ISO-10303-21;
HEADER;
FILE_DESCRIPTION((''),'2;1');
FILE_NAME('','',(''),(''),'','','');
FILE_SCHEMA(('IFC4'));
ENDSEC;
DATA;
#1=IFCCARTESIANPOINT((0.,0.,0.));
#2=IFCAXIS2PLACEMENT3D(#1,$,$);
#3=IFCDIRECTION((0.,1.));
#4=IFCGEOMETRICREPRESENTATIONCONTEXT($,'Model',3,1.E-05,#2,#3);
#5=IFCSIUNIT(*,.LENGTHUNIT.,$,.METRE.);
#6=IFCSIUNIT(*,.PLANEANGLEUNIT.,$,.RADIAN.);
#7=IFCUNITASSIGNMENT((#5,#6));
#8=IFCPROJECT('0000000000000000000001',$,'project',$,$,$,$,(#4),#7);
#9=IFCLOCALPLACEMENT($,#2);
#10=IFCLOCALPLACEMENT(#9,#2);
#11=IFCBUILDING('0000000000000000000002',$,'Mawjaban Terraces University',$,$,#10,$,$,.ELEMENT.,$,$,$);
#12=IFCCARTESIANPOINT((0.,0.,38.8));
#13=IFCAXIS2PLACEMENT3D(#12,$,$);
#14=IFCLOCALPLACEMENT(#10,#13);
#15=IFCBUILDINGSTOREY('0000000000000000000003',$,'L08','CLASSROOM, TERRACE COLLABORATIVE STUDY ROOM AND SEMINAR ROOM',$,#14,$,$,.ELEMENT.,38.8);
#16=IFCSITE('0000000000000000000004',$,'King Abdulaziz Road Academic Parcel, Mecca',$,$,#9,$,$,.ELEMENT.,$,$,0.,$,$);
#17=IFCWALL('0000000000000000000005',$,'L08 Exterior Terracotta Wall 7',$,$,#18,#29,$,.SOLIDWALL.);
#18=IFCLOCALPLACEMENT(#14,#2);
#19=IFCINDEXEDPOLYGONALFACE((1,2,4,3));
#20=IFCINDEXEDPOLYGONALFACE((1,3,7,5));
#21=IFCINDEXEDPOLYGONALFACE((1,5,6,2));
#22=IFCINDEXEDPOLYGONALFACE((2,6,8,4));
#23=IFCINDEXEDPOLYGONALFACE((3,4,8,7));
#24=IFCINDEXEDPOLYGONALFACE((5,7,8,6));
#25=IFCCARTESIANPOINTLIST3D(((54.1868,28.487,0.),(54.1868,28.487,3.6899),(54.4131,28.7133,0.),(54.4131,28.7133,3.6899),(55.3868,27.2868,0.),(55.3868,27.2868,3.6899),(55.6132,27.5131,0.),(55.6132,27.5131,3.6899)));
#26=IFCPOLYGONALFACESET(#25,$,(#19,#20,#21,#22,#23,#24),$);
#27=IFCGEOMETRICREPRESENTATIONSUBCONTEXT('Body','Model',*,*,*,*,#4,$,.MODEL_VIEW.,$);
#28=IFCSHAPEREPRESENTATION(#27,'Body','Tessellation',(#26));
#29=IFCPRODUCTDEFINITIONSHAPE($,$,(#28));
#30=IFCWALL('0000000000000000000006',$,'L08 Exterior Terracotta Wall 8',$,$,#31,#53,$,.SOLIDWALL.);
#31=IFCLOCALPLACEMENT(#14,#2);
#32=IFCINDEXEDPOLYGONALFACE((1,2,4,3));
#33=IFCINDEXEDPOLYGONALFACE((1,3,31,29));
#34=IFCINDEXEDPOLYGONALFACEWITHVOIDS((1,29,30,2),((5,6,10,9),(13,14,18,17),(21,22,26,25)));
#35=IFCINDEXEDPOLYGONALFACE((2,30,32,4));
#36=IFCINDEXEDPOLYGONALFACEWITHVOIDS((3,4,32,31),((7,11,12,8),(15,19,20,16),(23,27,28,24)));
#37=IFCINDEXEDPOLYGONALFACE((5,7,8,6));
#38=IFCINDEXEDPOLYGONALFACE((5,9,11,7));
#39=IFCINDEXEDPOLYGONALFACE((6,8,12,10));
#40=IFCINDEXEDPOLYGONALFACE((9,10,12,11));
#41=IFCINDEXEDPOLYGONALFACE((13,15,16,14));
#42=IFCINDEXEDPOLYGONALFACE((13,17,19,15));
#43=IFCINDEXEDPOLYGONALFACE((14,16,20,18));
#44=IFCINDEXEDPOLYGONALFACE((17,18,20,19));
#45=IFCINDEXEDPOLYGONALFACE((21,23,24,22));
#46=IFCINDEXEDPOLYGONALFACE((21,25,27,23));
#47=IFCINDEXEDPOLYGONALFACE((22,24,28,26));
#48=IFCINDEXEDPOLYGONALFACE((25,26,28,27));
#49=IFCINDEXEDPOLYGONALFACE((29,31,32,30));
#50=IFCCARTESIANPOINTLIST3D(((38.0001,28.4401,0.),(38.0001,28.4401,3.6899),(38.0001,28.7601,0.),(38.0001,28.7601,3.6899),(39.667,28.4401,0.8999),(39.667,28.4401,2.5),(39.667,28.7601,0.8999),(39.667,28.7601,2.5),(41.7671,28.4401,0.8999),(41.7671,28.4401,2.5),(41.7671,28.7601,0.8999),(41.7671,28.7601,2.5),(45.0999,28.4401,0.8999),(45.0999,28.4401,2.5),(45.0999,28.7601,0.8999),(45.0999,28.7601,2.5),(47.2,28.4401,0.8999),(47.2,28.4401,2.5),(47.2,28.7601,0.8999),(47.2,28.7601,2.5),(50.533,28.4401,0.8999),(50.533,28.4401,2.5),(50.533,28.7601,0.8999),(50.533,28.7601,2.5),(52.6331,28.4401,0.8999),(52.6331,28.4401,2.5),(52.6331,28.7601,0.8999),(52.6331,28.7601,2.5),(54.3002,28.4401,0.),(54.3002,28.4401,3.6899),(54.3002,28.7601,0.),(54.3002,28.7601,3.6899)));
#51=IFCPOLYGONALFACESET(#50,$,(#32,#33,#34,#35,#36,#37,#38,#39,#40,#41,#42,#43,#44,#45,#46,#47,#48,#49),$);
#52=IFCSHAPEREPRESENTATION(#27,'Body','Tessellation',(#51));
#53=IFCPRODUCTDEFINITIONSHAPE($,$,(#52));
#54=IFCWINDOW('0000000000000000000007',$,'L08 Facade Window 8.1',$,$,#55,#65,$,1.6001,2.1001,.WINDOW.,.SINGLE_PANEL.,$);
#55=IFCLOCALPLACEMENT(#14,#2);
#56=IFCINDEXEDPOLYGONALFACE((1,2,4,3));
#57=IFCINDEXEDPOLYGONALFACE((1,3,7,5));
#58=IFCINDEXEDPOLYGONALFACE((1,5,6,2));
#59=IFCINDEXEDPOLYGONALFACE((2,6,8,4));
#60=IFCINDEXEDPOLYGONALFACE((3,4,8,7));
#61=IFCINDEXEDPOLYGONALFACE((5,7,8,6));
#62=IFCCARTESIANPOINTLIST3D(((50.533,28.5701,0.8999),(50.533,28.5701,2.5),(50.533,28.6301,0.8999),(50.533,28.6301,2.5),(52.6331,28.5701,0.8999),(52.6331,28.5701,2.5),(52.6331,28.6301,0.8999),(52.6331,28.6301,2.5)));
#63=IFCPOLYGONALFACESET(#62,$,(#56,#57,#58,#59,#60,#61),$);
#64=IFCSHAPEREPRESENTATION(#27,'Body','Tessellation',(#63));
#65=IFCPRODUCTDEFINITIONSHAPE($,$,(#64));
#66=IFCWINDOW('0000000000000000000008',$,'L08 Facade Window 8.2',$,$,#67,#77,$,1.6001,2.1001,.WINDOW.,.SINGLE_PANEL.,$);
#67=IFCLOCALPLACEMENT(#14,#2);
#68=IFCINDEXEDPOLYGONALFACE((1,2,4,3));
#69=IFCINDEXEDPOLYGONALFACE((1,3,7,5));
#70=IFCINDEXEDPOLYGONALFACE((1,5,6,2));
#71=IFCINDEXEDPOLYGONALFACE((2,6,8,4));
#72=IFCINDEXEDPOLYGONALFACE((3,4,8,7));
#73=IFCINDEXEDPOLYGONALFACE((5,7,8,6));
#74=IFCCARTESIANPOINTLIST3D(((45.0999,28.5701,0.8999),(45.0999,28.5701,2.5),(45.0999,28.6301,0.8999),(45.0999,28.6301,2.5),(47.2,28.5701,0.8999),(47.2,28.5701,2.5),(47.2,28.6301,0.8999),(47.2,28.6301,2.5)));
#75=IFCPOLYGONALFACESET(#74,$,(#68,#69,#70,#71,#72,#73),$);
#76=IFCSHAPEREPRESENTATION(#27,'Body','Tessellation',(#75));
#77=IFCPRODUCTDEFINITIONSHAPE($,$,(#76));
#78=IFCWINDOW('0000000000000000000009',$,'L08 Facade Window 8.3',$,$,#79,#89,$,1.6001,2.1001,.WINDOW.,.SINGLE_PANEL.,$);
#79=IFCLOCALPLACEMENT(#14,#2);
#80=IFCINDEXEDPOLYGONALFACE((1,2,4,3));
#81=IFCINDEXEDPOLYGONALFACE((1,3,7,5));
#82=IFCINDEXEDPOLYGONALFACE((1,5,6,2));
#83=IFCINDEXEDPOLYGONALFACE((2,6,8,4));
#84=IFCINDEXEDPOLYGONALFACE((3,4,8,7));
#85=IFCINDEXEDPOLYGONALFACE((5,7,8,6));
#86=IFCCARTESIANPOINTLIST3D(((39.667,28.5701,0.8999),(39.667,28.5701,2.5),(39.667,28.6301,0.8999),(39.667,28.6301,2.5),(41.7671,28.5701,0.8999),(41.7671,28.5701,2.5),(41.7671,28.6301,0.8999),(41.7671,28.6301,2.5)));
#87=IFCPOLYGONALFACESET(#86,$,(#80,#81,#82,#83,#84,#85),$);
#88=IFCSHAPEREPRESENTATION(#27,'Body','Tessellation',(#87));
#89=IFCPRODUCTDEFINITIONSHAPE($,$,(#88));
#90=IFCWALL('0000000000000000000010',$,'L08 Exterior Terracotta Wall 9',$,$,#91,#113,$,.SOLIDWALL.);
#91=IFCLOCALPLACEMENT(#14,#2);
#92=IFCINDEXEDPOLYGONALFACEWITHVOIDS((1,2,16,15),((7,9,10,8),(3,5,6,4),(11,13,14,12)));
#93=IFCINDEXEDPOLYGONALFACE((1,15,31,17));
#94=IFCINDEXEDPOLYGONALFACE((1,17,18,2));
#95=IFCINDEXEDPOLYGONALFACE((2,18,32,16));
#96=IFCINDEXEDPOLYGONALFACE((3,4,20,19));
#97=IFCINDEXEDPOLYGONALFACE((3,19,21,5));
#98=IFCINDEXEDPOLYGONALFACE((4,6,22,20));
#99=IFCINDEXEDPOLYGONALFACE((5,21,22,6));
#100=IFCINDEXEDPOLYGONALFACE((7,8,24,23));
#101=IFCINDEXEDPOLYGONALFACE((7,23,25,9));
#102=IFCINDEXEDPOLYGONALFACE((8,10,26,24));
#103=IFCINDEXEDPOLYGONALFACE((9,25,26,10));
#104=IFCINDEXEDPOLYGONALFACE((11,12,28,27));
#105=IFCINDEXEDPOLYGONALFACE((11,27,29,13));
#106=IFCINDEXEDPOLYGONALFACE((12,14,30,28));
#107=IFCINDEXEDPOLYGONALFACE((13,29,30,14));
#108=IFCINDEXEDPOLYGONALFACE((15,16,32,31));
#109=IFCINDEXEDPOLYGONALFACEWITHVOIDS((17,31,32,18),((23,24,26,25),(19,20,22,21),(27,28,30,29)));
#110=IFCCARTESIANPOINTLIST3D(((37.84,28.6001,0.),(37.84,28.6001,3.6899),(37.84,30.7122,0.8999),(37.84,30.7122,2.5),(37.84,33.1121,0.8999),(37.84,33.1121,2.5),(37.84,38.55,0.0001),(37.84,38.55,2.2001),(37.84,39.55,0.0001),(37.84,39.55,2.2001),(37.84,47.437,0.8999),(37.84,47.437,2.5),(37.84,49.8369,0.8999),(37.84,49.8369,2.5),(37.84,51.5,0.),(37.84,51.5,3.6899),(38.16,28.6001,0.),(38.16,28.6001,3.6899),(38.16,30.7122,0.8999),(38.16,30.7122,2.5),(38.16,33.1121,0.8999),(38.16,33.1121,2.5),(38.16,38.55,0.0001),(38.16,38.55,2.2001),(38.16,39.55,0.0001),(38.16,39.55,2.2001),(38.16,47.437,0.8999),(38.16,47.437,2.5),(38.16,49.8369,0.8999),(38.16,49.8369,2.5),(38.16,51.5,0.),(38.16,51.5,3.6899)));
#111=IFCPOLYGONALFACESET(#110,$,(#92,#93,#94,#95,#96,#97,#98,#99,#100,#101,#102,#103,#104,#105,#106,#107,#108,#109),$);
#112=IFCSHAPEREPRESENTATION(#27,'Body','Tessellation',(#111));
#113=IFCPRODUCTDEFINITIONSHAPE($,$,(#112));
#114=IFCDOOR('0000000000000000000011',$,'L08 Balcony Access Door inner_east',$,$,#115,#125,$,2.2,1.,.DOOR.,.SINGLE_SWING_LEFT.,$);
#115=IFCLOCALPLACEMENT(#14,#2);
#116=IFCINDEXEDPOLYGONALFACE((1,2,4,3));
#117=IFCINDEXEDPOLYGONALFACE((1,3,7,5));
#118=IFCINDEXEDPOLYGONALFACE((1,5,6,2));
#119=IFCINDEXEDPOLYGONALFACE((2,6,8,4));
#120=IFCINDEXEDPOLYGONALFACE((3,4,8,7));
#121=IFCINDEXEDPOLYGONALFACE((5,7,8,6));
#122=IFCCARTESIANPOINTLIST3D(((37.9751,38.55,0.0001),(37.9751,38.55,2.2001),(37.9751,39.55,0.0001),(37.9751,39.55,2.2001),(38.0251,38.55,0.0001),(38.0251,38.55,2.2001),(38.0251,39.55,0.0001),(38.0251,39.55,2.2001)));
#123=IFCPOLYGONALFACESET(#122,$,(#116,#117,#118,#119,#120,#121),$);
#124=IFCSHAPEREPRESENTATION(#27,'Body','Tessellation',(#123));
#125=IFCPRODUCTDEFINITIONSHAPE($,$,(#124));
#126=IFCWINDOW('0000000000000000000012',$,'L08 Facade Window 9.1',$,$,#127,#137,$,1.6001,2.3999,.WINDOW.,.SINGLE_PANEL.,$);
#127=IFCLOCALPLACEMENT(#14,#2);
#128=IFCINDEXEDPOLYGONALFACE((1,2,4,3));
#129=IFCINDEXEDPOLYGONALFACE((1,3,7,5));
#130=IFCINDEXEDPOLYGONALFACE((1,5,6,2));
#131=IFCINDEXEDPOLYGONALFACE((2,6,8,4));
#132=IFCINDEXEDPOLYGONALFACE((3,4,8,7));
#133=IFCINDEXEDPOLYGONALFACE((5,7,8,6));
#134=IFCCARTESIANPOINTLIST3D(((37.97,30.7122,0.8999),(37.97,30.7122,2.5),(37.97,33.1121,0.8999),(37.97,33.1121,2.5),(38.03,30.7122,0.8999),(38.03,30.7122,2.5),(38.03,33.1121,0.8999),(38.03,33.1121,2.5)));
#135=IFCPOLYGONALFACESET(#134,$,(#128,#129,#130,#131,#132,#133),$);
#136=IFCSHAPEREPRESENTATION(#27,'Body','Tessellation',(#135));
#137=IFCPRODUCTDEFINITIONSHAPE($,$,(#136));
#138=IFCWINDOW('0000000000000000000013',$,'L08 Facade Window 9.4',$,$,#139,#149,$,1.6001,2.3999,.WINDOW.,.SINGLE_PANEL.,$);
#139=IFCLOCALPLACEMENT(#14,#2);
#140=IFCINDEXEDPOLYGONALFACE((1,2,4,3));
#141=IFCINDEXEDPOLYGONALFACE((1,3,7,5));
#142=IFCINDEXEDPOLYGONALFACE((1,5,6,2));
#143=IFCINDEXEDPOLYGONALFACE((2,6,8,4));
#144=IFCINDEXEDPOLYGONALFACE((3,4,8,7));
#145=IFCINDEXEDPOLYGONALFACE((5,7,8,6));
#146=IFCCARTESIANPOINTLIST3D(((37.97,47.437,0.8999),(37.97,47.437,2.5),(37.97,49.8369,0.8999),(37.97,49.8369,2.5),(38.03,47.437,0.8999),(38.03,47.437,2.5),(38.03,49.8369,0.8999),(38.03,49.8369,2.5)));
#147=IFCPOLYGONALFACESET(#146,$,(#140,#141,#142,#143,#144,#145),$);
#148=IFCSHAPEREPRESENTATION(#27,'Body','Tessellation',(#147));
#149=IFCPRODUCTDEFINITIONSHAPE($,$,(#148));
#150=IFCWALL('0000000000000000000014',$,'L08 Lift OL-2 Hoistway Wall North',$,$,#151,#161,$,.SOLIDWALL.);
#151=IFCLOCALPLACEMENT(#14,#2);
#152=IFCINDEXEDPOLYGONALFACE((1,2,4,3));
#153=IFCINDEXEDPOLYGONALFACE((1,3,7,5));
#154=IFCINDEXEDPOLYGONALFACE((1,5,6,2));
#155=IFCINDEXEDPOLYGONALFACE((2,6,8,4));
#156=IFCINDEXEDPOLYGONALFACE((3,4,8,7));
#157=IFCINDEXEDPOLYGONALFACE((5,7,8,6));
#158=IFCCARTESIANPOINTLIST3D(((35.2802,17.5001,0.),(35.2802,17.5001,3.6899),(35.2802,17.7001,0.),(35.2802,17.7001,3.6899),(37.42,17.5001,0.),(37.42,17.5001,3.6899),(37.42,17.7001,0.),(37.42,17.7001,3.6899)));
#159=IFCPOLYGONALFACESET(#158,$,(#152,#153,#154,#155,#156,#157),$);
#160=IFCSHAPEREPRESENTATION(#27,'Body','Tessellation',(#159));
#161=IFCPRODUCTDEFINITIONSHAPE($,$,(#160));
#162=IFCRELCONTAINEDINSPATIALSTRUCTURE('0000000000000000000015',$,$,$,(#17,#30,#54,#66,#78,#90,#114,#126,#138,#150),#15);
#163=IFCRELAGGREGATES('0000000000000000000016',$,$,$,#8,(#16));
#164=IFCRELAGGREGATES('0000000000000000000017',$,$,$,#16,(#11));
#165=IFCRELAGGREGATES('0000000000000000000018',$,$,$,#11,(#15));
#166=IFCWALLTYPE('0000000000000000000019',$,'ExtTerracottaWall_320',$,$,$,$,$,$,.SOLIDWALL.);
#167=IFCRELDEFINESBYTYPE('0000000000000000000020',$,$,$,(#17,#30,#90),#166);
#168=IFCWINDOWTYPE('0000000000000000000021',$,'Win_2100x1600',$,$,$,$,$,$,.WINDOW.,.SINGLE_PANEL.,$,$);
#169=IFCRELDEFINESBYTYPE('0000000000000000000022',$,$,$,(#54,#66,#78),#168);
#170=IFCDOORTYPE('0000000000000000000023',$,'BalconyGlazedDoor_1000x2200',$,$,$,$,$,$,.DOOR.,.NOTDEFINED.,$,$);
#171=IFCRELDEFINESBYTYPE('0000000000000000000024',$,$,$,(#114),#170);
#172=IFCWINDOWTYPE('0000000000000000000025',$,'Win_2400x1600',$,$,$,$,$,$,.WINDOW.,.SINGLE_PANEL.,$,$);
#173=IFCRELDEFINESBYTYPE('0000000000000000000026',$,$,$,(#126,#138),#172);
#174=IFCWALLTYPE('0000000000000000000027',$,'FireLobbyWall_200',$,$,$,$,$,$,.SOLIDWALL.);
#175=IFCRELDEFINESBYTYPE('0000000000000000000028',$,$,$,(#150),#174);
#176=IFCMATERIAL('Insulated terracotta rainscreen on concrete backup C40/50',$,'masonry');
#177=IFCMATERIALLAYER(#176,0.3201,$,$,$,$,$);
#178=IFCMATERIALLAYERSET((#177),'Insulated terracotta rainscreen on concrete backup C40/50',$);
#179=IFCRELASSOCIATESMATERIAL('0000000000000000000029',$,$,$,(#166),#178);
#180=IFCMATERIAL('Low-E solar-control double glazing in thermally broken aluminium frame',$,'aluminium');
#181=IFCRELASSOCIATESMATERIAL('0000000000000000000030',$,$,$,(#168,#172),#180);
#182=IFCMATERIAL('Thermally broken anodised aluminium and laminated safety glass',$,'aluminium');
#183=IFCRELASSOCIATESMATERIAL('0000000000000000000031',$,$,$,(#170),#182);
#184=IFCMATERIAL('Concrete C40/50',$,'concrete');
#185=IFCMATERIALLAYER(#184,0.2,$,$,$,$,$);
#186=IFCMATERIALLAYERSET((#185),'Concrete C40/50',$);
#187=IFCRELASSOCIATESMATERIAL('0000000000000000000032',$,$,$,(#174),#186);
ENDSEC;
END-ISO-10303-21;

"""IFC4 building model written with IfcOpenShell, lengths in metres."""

from ifc_helpers import new_model, si_unit, direction, frame, frame_2d, origin, place, context, subcontext, project, spatial, rectangle, extrude, material, layer, layer_set, type_object, element, fill, save


model = new_model("IFC4")

# Units and contexts
model_context = context("Model", 3, precision=1e-05, world=origin(), true_north=direction((0.0, 1.0)))
body_context = subcontext(model_context, "Body", "Model", "MODEL_VIEW")
ifc_project = project(units=[si_unit("LENGTHUNIT", "METRE"), si_unit("PLANEANGLEUNIT", "RADIAN")], contexts=[model_context])

# Site, building, storey
site_placement = place(None, origin())
site = spatial("IfcSite", under=ifc_project, at=site_placement, Name="King Abdulaziz Road Academic Parcel, Mecca", CompositionType="ELEMENT", RefElevation=0.0)
building_placement = place(site_placement, origin())
building = spatial("IfcBuilding", under=site, at=building_placement, Name="Mawjaban Terraces University", CompositionType="ELEMENT")
storey_placement = place(building_placement, frame((0.0, 0.0, 38.8)))
storey = spatial("IfcBuildingStorey", under=building, at=storey_placement, Name="L08", Description="CLASSROOM, TERRACE COLLABORATIVE STUDY ROOM AND SEMINAR ROOM", CompositionType="ELEMENT", Elevation=38.8)

# Wall
ifc_material_1 = material(Name="Insulated terracotta rainscreen on concrete backup C40/50", Category="masonry")
ifc_layer_1 = layer(ifc_material_1, 0.3201)
ifc_layer_set_1 = layer_set([ifc_layer_1], Name="Insulated terracotta rainscreen on concrete backup C40/50")
wall_type_1 = type_object("IfcWallType", Name="ExtTerracottaWall_320", PredefinedType="SOLIDWALL", material=ifc_layer_set_1)
wall_1_placement = place(storey_placement, frame((55.5, 27.3999, 0.0), z_axis=(0.0, 0.0, 1.0), x_axis=(-0.707035, 0.707179, 0.0)))
element("IfcWall", 1, at=wall_1_placement, inside=storey, type_object=wall_type_1, Name="L08 Exterior Terracotta Wall 7", PredefinedType="SOLIDWALL", context=body_context, shape_type="SweptSolid", body=[
    extrude(rectangle(XDim=1.6973, YDim=0.3201, at=frame_2d((0.8486, 0.0))), origin(), (0.0, 0.0, 1.0), 3.6899),
])

# Wall, openings, windows
wall_2_placement = place(storey_placement, frame((54.3, 28.6001, 0.0), z_axis=(0.0, 0.0, 1.0), x_axis=(-1.0, 0.0, 0.0)))
wall_2 = element("IfcWall", 2, at=wall_2_placement, inside=storey, type_object=wall_type_1, Name="L08 Exterior Terracotta Wall 8", PredefinedType="SOLIDWALL", context=body_context, shape_type="SweptSolid", body=[
    extrude(rectangle(XDim=16.3, YDim=0.3201, at=frame_2d((8.1499, 0.0))), origin(), (0.0, 0.0, 1.0), 3.6899),
])
opening_1_placement = place(wall_2_placement, frame((1.667, 0.0, 0.8999)))
opening_1 = element("IfcOpeningElement", 3, at=opening_1_placement, cuts=wall_2, PredefinedType="OPENING", context=body_context, shape_type="SweptSolid", body=[
    extrude(rectangle(XDim=2.1001, YDim=1.6001, at=frame_2d((1.05, 0.8))), frame((0.0, 0.1699, 0.0), z_axis=(0.0, -1.0, 0.0), x_axis=(1.0, 0.0, 0.0)), (0.0, 0.0, 1.0), 0.3401),
])
opening_2_placement = place(wall_2_placement, frame((7.1001, 0.0, 0.8999)))
opening_2 = element("IfcOpeningElement", 4, at=opening_2_placement, cuts=wall_2, PredefinedType="OPENING", context=body_context, shape_type="SweptSolid", body=[
    extrude(rectangle(XDim=2.1001, YDim=1.6001, at=frame_2d((1.05, 0.8))), frame((0.0, 0.1699, 0.0), z_axis=(0.0, -1.0, 0.0), x_axis=(1.0, 0.0, 0.0)), (0.0, 0.0, 1.0), 0.3401),
])
opening_3_placement = place(wall_2_placement, frame((12.533, 0.0, 0.8999)))
opening_3 = element("IfcOpeningElement", 5, at=opening_3_placement, cuts=wall_2, PredefinedType="OPENING", context=body_context, shape_type="SweptSolid", body=[
    extrude(rectangle(XDim=2.1001, YDim=1.6001, at=frame_2d((1.05, 0.8))), frame((0.0, 0.1699, 0.0), z_axis=(0.0, -1.0, 0.0), x_axis=(1.0, 0.0, 0.0)), (0.0, 0.0, 1.0), 0.3401),
])
ifc_material_2 = material(Name="Low-E solar-control double glazing in thermally broken aluminium frame", Category="aluminium")
window_type_1 = type_object("IfcWindowType", Name="Win_2100x1600", PartitioningType="SINGLE_PANEL", PredefinedType="WINDOW", material=ifc_material_2)
window_1_placement = place(opening_1_placement, origin())
window_1 = element("IfcWindow", 6, at=window_1_placement, inside=storey, type_object=window_type_1, Name="L08 Facade Window 8.1", OverallHeight=1.6001, OverallWidth=2.1001, PartitioningType="SINGLE_PANEL", PredefinedType="WINDOW", context=body_context, shape_type="SweptSolid", body=[
    extrude(rectangle(XDim=2.1001, YDim=1.6001, at=frame_2d((1.05, 0.8))), frame((0.0, 0.03, 0.0), z_axis=(0.0, -1.0, 0.0), x_axis=(1.0, 0.0, 0.0)), (0.0, 0.0, 1.0), 0.0601),
])
fill(opening_1, window_1)
window_2_placement = place(opening_2_placement, origin())
window_2 = element("IfcWindow", 7, at=window_2_placement, inside=storey, type_object=window_type_1, Name="L08 Facade Window 8.2", OverallHeight=1.6001, OverallWidth=2.1001, PartitioningType="SINGLE_PANEL", PredefinedType="WINDOW", context=body_context, shape_type="SweptSolid", body=[
    extrude(rectangle(XDim=2.1001, YDim=1.6001, at=frame_2d((1.05, 0.8))), frame((0.0, 0.03, 0.0), z_axis=(0.0, -1.0, 0.0), x_axis=(1.0, 0.0, 0.0)), (0.0, 0.0, 1.0), 0.0601),
])
fill(opening_2, window_2)
window_3_placement = place(opening_3_placement, origin())
window_3 = element("IfcWindow", 8, at=window_3_placement, inside=storey, type_object=window_type_1, Name="L08 Facade Window 8.3", OverallHeight=1.6001, OverallWidth=2.1001, PartitioningType="SINGLE_PANEL", PredefinedType="WINDOW", context=body_context, shape_type="SweptSolid", body=[
    extrude(rectangle(XDim=2.1001, YDim=1.6001, at=frame_2d((1.05, 0.8))), frame((0.0, 0.03, 0.0), z_axis=(0.0, -1.0, 0.0), x_axis=(1.0, 0.0, 0.0)), (0.0, 0.0, 1.0), 0.0601),
])
fill(opening_3, window_3)

# Wall, openings, door, windows
wall_3_placement = place(storey_placement, frame((38.0, 28.6001, 0.0), z_axis=(0.0, 0.0, 1.0), x_axis=(0.0, 1.0, 0.0)))
wall_3 = element("IfcWall", 9, at=wall_3_placement, inside=storey, type_object=wall_type_1, Name="L08 Exterior Terracotta Wall 9", PredefinedType="SOLIDWALL", context=body_context, shape_type="SweptSolid", body=[
    extrude(rectangle(XDim=22.8999, YDim=0.3201, at=frame_2d((11.45, 0.0))), origin(), (0.0, 0.0, 1.0), 3.6899),
])
opening_4_placement = place(wall_3_placement, frame((9.95, 0.0, 0.0)))
opening_4 = element("IfcOpeningElement", 10, at=opening_4_placement, cuts=wall_3, PredefinedType="OPENING", context=body_context, shape_type="SweptSolid", body=[
    extrude(rectangle(XDim=1.0, YDim=2.2, at=frame_2d((0.5, 1.1001))), frame((0.0, 0.1699, 0.0), z_axis=(0.0, -1.0, 0.0), x_axis=(1.0, 0.0, 0.0)), (0.0, 0.0, 1.0), 0.3401),
])
opening_5_placement = place(wall_3_placement, frame((2.1121, 0.0, 0.8999)))
opening_5 = element("IfcOpeningElement", 11, at=opening_5_placement, cuts=wall_3, PredefinedType="OPENING", context=body_context, shape_type="SweptSolid", body=[
    extrude(rectangle(XDim=2.3999, YDim=1.6001, at=frame_2d((1.2, 0.8))), frame((0.0, 0.1699, 0.0), z_axis=(0.0, -1.0, 0.0), x_axis=(1.0, 0.0, 0.0)), (0.0, 0.0, 1.0), 0.3401),
])
opening_6_placement = place(wall_3_placement, frame((18.8369, 0.0, 0.8999)))
opening_6 = element("IfcOpeningElement", 12, at=opening_6_placement, cuts=wall_3, PredefinedType="OPENING", context=body_context, shape_type="SweptSolid", body=[
    extrude(rectangle(XDim=2.3999, YDim=1.6001, at=frame_2d((1.2, 0.8))), frame((0.0, 0.1699, 0.0), z_axis=(0.0, -1.0, 0.0), x_axis=(1.0, 0.0, 0.0)), (0.0, 0.0, 1.0), 0.3401),
])
ifc_material_3 = material(Name="Thermally broken anodised aluminium and laminated safety glass", Category="aluminium")
door_type = type_object("IfcDoorType", Name="BalconyGlazedDoor_1000x2200", OperationType="NOTDEFINED", PredefinedType="DOOR", material=ifc_material_3)
door_placement = place(opening_4_placement, origin())
door = element("IfcDoor", 13, at=door_placement, inside=storey, type_object=door_type, Name="L08 Balcony Access Door inner_east", OperationType="SINGLE_SWING_LEFT", OverallHeight=2.2, OverallWidth=1.0, PredefinedType="DOOR", context=body_context, shape_type="SweptSolid", body=[
    extrude(rectangle(XDim=1.0, YDim=2.2, at=frame_2d((0.5, 1.1001))), frame((0.0, 0.0249, 0.0), z_axis=(0.0, -1.0, 0.0), x_axis=(1.0, 0.0, 0.0)), (0.0, 0.0, 1.0), 0.05),
])
fill(opening_4, door)
window_type_2 = type_object("IfcWindowType", Name="Win_2400x1600", PartitioningType="SINGLE_PANEL", PredefinedType="WINDOW", material=ifc_material_2)
window_4_placement = place(opening_5_placement, origin())
window_4 = element("IfcWindow", 14, at=window_4_placement, inside=storey, type_object=window_type_2, Name="L08 Facade Window 9.1", OverallHeight=1.6001, OverallWidth=2.3999, PartitioningType="SINGLE_PANEL", PredefinedType="WINDOW", context=body_context, shape_type="SweptSolid", body=[
    extrude(rectangle(XDim=2.3999, YDim=1.6001, at=frame_2d((1.2, 0.8))), frame((0.0, 0.03, 0.0), z_axis=(0.0, -1.0, 0.0), x_axis=(1.0, 0.0, 0.0)), (0.0, 0.0, 1.0), 0.0601),
])
fill(opening_5, window_4)
window_5_placement = place(opening_6_placement, origin())
window_5 = element("IfcWindow", 15, at=window_5_placement, inside=storey, type_object=window_type_2, Name="L08 Facade Window 9.4", OverallHeight=1.6001, OverallWidth=2.3999, PartitioningType="SINGLE_PANEL", PredefinedType="WINDOW", context=body_context, shape_type="SweptSolid", body=[
    extrude(rectangle(XDim=2.3999, YDim=1.6001, at=frame_2d((1.2, 0.8))), frame((0.0, 0.03, 0.0), z_axis=(0.0, -1.0, 0.0), x_axis=(1.0, 0.0, 0.0)), (0.0, 0.0, 1.0), 0.0601),
])
fill(opening_6, window_5)

# Wall
ifc_material_4 = material(Name="Concrete C40/50", Category="concrete")
ifc_layer_2 = layer(ifc_material_4, 0.2)
ifc_layer_set_2 = layer_set([ifc_layer_2], Name="Concrete C40/50")
wall_type_2 = type_object("IfcWallType", Name="FireLobbyWall_200", PredefinedType="SOLIDWALL", material=ifc_layer_set_2)
for number, where, z_axis, x_axis, name in (
    (16, (37.4199, 17.6001, 0.0), (0.0, 0.0, 1.0), (-1.0, 0.0, 0.0), "L08 Lift OL-2 Hoistway Wall North"),
):
    element("IfcWall", number, at=place(storey_placement, frame(where, z_axis=z_axis, x_axis=x_axis)), inside=storey, type_object=wall_type_2, Name=name, PredefinedType="SOLIDWALL", context=body_context, shape_type="SweptSolid", body=[
        extrude(rectangle(XDim=2.1399, YDim=0.2, at=frame_2d((1.0698, 0.0))), origin(), (0.0, 0.0, 1.0), 3.6899),
    ])

save(model, "model.ifc")
